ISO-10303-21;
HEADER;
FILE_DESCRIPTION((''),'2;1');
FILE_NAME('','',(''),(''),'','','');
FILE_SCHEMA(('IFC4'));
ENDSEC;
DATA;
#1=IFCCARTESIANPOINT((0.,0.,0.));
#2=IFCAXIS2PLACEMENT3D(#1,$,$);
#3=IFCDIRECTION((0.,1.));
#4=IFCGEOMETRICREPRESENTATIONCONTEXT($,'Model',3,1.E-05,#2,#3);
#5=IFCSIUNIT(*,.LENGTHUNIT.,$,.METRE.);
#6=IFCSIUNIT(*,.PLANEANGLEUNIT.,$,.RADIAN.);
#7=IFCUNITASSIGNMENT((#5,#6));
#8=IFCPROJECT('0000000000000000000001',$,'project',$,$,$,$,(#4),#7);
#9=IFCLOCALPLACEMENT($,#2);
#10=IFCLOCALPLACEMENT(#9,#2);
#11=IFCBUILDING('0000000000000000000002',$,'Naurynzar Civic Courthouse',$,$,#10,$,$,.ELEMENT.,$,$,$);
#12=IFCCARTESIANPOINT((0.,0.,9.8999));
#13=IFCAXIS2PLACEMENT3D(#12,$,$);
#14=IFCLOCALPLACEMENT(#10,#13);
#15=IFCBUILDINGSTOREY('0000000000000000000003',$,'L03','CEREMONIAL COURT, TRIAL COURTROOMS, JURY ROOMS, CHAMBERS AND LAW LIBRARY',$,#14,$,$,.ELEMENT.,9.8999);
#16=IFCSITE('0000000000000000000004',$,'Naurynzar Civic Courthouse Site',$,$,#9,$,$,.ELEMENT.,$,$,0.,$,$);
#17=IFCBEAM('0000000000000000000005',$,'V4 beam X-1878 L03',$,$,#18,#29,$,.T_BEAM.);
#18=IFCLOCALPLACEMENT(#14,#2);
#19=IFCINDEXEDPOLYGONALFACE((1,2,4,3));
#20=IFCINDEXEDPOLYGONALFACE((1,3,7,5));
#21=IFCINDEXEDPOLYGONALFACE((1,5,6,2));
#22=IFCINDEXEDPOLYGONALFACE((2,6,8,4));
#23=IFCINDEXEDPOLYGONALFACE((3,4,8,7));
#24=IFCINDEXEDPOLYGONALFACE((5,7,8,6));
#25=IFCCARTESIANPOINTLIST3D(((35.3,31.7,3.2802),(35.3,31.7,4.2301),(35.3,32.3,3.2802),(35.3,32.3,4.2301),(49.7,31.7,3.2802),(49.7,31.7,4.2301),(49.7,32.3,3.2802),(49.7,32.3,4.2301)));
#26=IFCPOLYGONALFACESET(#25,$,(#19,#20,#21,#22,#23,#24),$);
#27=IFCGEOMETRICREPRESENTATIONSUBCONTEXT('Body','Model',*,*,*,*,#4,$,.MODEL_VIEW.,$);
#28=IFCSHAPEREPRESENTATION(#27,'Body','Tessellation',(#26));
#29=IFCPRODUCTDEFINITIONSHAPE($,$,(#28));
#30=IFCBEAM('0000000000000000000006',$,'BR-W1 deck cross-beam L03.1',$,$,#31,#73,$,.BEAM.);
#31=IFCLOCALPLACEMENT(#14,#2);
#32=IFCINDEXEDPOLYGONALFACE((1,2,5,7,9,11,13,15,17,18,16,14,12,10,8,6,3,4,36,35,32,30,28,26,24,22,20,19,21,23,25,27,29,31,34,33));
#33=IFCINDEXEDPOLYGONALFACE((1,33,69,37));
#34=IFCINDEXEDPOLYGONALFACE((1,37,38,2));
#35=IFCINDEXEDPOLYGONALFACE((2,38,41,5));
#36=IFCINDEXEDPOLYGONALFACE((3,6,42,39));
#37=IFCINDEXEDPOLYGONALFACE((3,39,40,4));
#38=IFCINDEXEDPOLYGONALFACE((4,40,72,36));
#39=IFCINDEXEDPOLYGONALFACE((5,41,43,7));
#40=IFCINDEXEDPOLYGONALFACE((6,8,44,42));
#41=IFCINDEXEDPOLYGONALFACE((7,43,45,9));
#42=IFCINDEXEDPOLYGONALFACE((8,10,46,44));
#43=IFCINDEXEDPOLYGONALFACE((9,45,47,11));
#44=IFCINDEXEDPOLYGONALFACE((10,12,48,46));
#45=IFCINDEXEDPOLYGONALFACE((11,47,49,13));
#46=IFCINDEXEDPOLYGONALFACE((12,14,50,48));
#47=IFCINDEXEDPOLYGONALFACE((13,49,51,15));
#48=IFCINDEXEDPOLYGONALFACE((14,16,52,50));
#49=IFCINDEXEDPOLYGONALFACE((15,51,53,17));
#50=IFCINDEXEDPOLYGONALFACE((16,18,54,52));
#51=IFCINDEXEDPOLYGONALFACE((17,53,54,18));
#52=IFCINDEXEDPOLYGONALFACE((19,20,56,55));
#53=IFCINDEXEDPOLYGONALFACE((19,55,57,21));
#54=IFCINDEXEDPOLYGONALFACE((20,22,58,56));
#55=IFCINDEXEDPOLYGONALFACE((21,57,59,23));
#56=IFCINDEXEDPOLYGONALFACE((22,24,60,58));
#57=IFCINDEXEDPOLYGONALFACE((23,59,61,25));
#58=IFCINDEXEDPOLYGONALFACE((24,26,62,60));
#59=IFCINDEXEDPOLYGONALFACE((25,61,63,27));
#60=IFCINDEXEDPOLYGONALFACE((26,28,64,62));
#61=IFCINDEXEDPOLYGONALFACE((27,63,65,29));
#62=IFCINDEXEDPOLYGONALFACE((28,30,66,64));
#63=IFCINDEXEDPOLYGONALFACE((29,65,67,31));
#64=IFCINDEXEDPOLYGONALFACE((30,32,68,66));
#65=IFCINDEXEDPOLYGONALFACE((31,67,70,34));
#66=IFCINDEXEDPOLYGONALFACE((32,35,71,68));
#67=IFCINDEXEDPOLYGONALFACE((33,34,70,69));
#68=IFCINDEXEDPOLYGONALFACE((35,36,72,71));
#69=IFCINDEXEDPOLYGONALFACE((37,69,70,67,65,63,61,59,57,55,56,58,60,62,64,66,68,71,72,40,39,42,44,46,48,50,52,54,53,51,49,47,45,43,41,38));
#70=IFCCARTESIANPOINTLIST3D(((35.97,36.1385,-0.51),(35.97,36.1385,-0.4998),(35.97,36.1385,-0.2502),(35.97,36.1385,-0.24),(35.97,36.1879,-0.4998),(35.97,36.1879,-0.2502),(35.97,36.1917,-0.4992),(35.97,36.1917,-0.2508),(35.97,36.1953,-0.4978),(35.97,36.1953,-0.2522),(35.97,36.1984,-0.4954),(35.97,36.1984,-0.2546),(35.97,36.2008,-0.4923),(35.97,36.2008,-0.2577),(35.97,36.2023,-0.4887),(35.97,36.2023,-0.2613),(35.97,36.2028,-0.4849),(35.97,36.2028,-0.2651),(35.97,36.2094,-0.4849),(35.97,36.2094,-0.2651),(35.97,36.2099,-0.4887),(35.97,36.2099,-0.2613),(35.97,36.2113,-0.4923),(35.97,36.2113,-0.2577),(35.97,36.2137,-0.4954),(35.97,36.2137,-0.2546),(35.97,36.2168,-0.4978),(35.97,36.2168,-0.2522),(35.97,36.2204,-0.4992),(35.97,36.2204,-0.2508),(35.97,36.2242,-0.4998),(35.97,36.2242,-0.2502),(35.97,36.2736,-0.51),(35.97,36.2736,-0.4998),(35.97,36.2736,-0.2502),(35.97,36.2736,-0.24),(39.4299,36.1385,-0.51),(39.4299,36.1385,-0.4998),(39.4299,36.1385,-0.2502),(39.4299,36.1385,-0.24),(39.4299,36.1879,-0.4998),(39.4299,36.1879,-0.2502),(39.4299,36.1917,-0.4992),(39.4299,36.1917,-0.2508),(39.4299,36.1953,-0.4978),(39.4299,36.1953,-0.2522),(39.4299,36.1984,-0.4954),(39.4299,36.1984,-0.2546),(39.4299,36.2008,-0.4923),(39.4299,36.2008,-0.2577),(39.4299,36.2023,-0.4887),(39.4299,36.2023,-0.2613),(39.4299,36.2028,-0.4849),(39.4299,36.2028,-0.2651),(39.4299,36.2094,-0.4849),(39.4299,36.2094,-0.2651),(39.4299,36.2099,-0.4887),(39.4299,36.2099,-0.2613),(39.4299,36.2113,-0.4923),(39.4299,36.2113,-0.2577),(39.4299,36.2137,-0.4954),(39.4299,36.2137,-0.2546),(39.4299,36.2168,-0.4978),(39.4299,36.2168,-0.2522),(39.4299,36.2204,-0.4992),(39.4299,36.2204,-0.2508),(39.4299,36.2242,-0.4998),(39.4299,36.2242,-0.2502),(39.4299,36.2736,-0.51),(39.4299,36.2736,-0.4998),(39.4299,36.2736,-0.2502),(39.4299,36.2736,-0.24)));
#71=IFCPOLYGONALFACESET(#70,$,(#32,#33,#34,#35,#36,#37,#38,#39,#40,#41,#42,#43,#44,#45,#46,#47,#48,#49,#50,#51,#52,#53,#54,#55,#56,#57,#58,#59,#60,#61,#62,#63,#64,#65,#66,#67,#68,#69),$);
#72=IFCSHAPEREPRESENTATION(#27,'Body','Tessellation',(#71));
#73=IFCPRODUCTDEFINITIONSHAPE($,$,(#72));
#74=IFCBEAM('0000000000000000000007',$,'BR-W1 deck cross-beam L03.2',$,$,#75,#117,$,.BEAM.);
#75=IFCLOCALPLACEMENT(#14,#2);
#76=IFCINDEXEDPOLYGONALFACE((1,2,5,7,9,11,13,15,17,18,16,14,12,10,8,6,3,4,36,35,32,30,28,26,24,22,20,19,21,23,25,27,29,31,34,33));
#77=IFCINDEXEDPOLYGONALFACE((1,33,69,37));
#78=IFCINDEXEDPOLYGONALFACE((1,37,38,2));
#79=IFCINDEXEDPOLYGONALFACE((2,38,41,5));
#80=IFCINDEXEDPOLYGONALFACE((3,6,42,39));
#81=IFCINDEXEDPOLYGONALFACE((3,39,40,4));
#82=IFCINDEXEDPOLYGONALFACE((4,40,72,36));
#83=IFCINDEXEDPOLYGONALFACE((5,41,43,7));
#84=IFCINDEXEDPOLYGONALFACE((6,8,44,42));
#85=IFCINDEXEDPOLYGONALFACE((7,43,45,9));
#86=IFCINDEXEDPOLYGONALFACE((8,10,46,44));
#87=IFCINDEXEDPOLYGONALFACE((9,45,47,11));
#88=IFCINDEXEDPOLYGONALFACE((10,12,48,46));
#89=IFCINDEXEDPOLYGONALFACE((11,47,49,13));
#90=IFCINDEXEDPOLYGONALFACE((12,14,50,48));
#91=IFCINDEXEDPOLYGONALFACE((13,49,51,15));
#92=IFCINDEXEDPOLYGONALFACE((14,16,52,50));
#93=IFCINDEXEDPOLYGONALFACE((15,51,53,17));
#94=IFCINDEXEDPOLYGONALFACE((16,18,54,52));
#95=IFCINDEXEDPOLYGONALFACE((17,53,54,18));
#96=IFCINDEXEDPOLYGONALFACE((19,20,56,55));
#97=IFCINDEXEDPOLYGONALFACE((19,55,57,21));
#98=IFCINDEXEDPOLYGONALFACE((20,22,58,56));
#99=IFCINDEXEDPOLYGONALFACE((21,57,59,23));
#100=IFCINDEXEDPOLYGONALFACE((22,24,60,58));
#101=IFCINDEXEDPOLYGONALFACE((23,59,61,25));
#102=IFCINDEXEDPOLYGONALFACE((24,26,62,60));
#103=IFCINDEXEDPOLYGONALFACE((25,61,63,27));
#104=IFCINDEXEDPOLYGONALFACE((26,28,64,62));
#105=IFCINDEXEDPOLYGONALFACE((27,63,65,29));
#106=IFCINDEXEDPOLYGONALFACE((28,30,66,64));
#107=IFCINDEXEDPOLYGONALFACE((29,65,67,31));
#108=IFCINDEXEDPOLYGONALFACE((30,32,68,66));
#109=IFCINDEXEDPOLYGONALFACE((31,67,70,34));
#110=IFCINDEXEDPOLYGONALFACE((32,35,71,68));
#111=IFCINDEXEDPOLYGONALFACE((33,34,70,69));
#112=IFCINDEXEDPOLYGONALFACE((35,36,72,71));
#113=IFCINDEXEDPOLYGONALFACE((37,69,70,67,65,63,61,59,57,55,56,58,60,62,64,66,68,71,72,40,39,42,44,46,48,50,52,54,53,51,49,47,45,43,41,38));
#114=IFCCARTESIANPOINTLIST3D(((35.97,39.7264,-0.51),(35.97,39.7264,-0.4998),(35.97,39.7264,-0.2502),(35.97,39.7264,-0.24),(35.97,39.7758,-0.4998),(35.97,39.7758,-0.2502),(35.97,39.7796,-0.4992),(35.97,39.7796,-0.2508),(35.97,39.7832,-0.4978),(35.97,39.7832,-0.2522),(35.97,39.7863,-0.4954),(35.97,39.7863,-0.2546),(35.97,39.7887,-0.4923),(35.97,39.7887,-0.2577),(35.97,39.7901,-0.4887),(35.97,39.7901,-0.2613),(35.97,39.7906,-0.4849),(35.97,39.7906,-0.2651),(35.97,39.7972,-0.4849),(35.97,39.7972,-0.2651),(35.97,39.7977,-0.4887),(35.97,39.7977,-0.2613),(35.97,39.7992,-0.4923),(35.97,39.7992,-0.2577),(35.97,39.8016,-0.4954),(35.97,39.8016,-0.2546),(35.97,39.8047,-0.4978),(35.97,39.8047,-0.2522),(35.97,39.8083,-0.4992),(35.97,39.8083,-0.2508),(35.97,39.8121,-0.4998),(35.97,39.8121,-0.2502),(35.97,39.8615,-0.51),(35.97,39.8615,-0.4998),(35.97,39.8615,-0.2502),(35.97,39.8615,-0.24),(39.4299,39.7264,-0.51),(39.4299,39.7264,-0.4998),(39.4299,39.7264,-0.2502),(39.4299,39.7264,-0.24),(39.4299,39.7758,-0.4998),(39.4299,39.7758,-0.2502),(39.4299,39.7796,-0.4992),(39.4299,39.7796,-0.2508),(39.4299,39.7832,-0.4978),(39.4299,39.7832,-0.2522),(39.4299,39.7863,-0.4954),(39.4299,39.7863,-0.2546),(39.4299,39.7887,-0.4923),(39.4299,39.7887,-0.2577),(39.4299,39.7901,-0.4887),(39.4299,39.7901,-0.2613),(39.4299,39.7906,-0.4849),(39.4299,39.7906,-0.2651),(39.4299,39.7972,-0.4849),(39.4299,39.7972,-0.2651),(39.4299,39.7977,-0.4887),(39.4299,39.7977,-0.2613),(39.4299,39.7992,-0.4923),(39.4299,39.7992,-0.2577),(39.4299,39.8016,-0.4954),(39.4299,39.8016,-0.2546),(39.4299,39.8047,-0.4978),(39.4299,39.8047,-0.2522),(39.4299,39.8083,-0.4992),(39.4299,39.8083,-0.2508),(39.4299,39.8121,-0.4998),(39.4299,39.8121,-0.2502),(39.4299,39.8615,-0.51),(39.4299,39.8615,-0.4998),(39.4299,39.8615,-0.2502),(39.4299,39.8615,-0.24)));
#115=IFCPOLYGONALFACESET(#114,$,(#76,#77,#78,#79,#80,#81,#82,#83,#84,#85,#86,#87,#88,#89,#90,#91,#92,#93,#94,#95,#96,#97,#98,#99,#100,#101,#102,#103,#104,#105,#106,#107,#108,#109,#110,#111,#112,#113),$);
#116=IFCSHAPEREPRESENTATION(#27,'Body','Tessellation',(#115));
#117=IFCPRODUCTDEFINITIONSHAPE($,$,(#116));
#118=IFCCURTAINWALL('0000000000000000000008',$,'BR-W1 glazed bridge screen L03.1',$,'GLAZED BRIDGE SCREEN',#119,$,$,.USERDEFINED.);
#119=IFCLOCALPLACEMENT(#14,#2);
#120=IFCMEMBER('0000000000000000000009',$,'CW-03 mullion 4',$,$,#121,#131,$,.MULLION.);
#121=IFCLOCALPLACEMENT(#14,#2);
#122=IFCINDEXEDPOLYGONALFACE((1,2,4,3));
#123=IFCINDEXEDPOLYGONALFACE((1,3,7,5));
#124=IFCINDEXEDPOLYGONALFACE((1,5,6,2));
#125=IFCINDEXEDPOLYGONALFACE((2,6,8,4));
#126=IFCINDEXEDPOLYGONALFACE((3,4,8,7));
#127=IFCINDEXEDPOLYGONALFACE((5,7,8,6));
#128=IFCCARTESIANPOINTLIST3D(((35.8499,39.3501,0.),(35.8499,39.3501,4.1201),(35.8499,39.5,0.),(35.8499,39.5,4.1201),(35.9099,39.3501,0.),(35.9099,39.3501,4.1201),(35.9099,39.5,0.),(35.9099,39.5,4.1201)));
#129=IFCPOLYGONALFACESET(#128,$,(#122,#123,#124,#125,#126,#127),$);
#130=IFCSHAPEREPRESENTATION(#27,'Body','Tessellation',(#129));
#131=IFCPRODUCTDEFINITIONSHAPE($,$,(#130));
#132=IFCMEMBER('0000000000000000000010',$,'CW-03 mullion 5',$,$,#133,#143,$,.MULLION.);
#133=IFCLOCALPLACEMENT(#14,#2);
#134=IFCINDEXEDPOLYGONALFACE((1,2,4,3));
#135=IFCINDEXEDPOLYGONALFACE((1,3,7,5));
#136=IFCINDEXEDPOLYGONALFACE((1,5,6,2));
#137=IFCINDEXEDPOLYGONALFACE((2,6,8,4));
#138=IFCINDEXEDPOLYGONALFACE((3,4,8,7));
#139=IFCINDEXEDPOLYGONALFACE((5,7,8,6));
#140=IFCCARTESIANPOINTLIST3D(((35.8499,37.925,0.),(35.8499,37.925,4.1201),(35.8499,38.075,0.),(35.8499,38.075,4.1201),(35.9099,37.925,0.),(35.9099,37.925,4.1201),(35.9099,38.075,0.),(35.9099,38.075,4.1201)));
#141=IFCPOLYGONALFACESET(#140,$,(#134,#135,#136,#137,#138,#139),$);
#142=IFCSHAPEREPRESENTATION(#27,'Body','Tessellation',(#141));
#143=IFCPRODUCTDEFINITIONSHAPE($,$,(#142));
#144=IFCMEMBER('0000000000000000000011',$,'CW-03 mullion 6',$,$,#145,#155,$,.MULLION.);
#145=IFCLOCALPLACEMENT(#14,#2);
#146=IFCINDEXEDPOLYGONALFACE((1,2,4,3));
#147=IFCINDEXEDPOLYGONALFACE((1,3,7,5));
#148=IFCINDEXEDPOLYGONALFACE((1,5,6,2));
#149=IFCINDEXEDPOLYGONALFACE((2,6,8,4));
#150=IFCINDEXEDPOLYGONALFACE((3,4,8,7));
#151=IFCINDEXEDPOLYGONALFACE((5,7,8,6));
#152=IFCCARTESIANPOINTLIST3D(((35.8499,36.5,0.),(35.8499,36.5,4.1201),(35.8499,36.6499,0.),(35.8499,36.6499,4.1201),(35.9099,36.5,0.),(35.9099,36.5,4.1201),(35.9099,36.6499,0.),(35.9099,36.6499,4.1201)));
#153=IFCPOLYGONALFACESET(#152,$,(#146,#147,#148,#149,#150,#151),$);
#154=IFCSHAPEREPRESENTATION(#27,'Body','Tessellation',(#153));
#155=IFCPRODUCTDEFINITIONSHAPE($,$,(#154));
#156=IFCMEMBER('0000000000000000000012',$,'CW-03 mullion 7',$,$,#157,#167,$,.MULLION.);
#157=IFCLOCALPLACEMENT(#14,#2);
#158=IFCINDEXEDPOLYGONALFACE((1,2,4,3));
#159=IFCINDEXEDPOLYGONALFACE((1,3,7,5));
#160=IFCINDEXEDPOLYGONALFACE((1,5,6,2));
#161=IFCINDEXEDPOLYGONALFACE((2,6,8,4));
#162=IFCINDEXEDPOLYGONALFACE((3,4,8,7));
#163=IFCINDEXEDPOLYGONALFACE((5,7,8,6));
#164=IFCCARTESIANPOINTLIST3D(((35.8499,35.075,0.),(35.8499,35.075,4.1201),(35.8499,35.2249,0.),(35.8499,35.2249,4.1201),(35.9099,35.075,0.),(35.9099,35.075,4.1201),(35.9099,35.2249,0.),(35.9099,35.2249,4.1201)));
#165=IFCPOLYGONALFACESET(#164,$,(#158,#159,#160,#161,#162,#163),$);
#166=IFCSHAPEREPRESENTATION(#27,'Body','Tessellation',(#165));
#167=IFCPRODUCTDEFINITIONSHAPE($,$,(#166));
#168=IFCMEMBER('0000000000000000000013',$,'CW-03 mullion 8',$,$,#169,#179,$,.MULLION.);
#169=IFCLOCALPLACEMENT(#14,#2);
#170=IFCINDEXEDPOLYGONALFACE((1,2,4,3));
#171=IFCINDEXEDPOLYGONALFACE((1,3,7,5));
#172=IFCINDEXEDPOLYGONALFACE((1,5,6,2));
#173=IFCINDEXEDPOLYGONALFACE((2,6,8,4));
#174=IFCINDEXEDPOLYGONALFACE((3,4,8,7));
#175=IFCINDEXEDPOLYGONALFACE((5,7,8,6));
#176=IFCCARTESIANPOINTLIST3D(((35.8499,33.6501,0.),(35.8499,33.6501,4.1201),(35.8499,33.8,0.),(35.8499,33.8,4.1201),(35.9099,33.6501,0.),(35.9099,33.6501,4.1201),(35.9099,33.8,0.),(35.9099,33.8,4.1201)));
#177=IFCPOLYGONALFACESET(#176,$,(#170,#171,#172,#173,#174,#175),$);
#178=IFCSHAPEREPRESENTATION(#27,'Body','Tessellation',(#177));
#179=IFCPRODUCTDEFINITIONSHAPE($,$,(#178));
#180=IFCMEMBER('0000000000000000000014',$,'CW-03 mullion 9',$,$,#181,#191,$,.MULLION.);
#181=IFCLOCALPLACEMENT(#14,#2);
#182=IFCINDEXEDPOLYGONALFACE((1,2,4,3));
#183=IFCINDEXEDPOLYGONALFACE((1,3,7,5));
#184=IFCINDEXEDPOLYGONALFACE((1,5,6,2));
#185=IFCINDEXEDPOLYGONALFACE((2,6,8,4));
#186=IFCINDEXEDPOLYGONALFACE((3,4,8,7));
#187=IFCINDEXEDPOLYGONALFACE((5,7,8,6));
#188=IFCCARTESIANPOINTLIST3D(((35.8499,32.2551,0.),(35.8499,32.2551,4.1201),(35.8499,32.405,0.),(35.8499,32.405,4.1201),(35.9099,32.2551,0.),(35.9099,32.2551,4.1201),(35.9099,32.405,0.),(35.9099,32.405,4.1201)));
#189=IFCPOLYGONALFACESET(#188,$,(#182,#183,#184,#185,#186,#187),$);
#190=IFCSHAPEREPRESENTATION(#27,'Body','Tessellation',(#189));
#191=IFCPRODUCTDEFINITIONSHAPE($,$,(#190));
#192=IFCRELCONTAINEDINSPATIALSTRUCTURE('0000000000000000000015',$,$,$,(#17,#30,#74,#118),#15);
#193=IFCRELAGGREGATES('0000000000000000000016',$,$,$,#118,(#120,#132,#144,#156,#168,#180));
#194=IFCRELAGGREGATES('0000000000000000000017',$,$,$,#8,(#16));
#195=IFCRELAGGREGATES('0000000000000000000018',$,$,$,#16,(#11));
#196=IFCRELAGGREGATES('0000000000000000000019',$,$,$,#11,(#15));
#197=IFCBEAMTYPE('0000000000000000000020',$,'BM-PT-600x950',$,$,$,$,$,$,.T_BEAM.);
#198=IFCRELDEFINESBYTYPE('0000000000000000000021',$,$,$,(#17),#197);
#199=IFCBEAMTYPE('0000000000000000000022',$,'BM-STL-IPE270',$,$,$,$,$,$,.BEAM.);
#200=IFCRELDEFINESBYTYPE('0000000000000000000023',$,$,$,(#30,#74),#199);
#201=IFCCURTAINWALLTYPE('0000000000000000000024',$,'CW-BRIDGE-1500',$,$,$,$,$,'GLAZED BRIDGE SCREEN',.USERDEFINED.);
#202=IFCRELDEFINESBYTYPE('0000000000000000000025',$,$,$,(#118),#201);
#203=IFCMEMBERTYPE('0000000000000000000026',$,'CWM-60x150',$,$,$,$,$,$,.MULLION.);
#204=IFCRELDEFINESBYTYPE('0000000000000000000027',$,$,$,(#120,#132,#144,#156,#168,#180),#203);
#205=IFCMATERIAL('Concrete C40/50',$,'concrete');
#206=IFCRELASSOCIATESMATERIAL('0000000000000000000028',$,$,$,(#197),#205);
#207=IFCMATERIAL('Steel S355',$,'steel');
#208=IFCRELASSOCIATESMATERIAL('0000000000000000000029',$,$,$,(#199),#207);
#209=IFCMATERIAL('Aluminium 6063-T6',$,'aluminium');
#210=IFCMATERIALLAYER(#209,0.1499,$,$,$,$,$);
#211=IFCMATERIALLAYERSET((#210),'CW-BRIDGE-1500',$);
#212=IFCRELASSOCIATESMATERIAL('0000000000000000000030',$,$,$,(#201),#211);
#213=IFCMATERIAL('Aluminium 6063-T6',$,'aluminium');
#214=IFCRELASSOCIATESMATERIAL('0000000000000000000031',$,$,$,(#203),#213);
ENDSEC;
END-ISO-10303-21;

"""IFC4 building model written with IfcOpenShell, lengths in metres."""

from ifc_helpers import new_model, si_unit, direction, frame, origin, origin_2d, place, context, subcontext, project, spatial, rectangle, i_section, extrude, material, layer, layer_set, material_profile, profile_set, type_object, element, aggregate, save


model = new_model("IFC4")

# Units and contexts
model_context = context("Model", 3, precision=1e-05, world=origin(), true_north=direction((0.0, 1.0)))
body_context = subcontext(model_context, "Body", "Model", "MODEL_VIEW")
ifc_project = project(units=[si_unit("LENGTHUNIT", "METRE"), si_unit("PLANEANGLEUNIT", "RADIAN")], contexts=[model_context])

# Site, building, storey
site_placement = place(None, origin())
site = spatial("IfcSite", under=ifc_project, at=site_placement, Name="Naurynzar Civic Courthouse Site", CompositionType="ELEMENT", RefElevation=0.0)
building_placement = place(site_placement, origin())
building = spatial("IfcBuilding", under=site, at=building_placement, Name="Naurynzar Civic Courthouse", CompositionType="ELEMENT")
storey_placement = place(building_placement, frame((0.0, 0.0, 9.8999)))
storey = spatial("IfcBuildingStorey", under=building, at=storey_placement, Name="L03", Description="CEREMONIAL COURT, TRIAL COURTROOMS, JURY ROOMS, CHAMBERS AND LAW LIBRARY", CompositionType="ELEMENT", Elevation=9.8999)

# Beams
ifc_material_1 = material(Name="Concrete C40/50", Category="concrete")
ifc_material_profile_1 = material_profile(ifc_material_1, rectangle(XDim=0.6001, YDim=0.95, at=origin_2d()), Name="PTB 600x950")
ifc_profile_set_1 = profile_set([ifc_material_profile_1], Name="Concrete C40/50")
beam_type_1 = type_object("IfcBeamType", Name="BM-PT-600x950", PredefinedType="T_BEAM", material=ifc_profile_set_1)
beam_placement = place(storey_placement, frame((35.3, 32.0, 3.7551), z_axis=(1.0, 0.0, 0.0), x_axis=(0.0, 1.0, 0.0)))
element("IfcBeam", 1, at=beam_placement, inside=storey, type_object=beam_type_1, Name="V4 beam X-1878 L03", PredefinedType="T_BEAM", context=body_context, shape_type="SweptSolid", body=[
    extrude(rectangle(XDim=0.6001, YDim=0.95, at=origin_2d()), origin(), (0.0, 0.0, 1.0), 14.3999),
])
ifc_material_2 = material(Name="Steel S355", Category="steel")
ifc_material_profile_2 = material_profile(ifc_material_2, i_section(OverallWidth=0.135, OverallDepth=0.27, WebThickness=0.0066, FlangeThickness=0.0103, FilletRadius=0.0149, at=origin_2d()), Name="IPE 270")
ifc_profile_set_2 = profile_set([ifc_material_profile_2], Name="Steel S355")
beam_type_2 = type_object("IfcBeamType", Name="BM-STL-IPE270", PredefinedType="BEAM", material=ifc_profile_set_2)
for number, where, z_axis, x_axis, name in (
    (2, (35.97, 36.2061, -0.375), (1.0, 0.0, 0.0), (0.0, 1.0, 0.0), "BR-W1 deck cross-beam L03.1"),
    (3, (35.97, 39.7939, -0.375), (1.0, 0.0, 0.0), (0.0, 1.0, 0.0), "BR-W1 deck cross-beam L03.2"),
):
    element("IfcBeam", number, at=place(storey_placement, frame(where, z_axis=z_axis, x_axis=x_axis)), inside=storey, type_object=beam_type_2, Name=name, PredefinedType="BEAM", context=body_context, shape_type="SweptSolid", body=[
        extrude(i_section(OverallWidth=0.135, OverallDepth=0.27, WebThickness=0.0066, FlangeThickness=0.0103, FilletRadius=0.0149, at=origin_2d()), origin(), (0.0, 0.0, 1.0), 3.46),
    ])

# Curtain wall, members
ifc_material_3 = material(Name="Aluminium 6063-T6", Category="aluminium")
ifc_layer_1 = layer(ifc_material_3, 0.1499)
ifc_layer_set_1 = layer_set([ifc_layer_1], Name="CW-BRIDGE-1500")
curtain_wall_type = type_object("IfcCurtainWallType", Name="CW-BRIDGE-1500", ElementType="GLAZED BRIDGE SCREEN", PredefinedType="USERDEFINED", material=ifc_layer_set_1)
curtain_wall_placement = place(storey_placement, origin())
curtain_wall = element("IfcCurtainWall", 4, at=curtain_wall_placement, inside=storey, type_object=curtain_wall_type, Name="BR-W1 glazed bridge screen L03.1", ObjectType="GLAZED BRIDGE SCREEN", PredefinedType="USERDEFINED")
ifc_material_4 = material(Name="Aluminium 6063-T6", Category="aluminium")
ifc_material_profile_3 = material_profile(ifc_material_4, rectangle(XDim=0.0601, YDim=0.1499, at=origin_2d()), Name="ALU MULLION 60x150")
ifc_profile_set_3 = profile_set([ifc_material_profile_3], Name="Aluminium 6063-T6")
member_type_1 = type_object("IfcMemberType", Name="CWM-60x150", PredefinedType="MULLION", material=ifc_profile_set_3)
member_1_placement = place(storey_placement, frame((35.8799, 39.425, 0.0), z_axis=(0.0, 0.0, 1.0), x_axis=(1.0, 0.0, 0.0)))
member_1 = element("IfcMember", 5, at=member_1_placement, type_object=member_type_1, Name="CW-03 mullion 4", PredefinedType="MULLION", context=body_context, shape_type="SweptSolid", body=[
    extrude(rectangle(XDim=0.0601, YDim=0.1499, at=origin_2d()), origin(), (0.0, 0.0, 1.0), 4.1201),
])
member_2_placement = place(storey_placement, frame((35.8799, 38.0, 0.0), z_axis=(0.0, 0.0, 1.0), x_axis=(1.0, 0.0, 0.0)))
member_2 = element("IfcMember", 6, at=member_2_placement, type_object=member_type_1, Name="CW-03 mullion 5", PredefinedType="MULLION", context=body_context, shape_type="SweptSolid", body=[
    extrude(rectangle(XDim=0.0601, YDim=0.1499, at=origin_2d()), origin(), (0.0, 0.0, 1.0), 4.1201),
])
member_3_placement = place(storey_placement, frame((35.8799, 36.575, 0.0), z_axis=(0.0, 0.0, 1.0), x_axis=(1.0, 0.0, 0.0)))
member_3 = element("IfcMember", 7, at=member_3_placement, type_object=member_type_1, Name="CW-03 mullion 6", PredefinedType="MULLION", context=body_context, shape_type="SweptSolid", body=[
    extrude(rectangle(XDim=0.0601, YDim=0.1499, at=origin_2d()), origin(), (0.0, 0.0, 1.0), 4.1201),
])
member_4_placement = place(storey_placement, frame((35.8799, 35.1499, 0.0), z_axis=(0.0, 0.0, 1.0), x_axis=(1.0, 0.0, 0.0)))
member_4 = element("IfcMember", 8, at=member_4_placement, type_object=member_type_1, Name="CW-03 mullion 7", PredefinedType="MULLION", context=body_context, shape_type="SweptSolid", body=[
    extrude(rectangle(XDim=0.0601, YDim=0.1499, at=origin_2d()), origin(), (0.0, 0.0, 1.0), 4.1201),
])
member_5_placement = place(storey_placement, frame((35.8799, 33.7251, 0.0), z_axis=(0.0, 0.0, 1.0), x_axis=(1.0, 0.0, 0.0)))
member_5 = element("IfcMember", 9, at=member_5_placement, type_object=member_type_1, Name="CW-03 mullion 8", PredefinedType="MULLION", context=body_context, shape_type="SweptSolid", body=[
    extrude(rectangle(XDim=0.0601, YDim=0.1499, at=origin_2d()), origin(), (0.0, 0.0, 1.0), 4.1201),
])
member_6_placement = place(storey_placement, frame((35.8799, 32.3301, 0.0), z_axis=(0.0, 0.0, 1.0), x_axis=(1.0, 0.0, 0.0)))
member_6 = element("IfcMember", 10, at=member_6_placement, type_object=member_type_1, Name="CW-03 mullion 9", PredefinedType="MULLION", context=body_context, shape_type="SweptSolid", body=[
    extrude(rectangle(XDim=0.0601, YDim=0.1499, at=origin_2d()), origin(), (0.0, 0.0, 1.0), 4.1201),
])
aggregate(curtain_wall, [member_1, member_2, member_3, member_4, member_5, member_6])

save(model, "model.ifc")
